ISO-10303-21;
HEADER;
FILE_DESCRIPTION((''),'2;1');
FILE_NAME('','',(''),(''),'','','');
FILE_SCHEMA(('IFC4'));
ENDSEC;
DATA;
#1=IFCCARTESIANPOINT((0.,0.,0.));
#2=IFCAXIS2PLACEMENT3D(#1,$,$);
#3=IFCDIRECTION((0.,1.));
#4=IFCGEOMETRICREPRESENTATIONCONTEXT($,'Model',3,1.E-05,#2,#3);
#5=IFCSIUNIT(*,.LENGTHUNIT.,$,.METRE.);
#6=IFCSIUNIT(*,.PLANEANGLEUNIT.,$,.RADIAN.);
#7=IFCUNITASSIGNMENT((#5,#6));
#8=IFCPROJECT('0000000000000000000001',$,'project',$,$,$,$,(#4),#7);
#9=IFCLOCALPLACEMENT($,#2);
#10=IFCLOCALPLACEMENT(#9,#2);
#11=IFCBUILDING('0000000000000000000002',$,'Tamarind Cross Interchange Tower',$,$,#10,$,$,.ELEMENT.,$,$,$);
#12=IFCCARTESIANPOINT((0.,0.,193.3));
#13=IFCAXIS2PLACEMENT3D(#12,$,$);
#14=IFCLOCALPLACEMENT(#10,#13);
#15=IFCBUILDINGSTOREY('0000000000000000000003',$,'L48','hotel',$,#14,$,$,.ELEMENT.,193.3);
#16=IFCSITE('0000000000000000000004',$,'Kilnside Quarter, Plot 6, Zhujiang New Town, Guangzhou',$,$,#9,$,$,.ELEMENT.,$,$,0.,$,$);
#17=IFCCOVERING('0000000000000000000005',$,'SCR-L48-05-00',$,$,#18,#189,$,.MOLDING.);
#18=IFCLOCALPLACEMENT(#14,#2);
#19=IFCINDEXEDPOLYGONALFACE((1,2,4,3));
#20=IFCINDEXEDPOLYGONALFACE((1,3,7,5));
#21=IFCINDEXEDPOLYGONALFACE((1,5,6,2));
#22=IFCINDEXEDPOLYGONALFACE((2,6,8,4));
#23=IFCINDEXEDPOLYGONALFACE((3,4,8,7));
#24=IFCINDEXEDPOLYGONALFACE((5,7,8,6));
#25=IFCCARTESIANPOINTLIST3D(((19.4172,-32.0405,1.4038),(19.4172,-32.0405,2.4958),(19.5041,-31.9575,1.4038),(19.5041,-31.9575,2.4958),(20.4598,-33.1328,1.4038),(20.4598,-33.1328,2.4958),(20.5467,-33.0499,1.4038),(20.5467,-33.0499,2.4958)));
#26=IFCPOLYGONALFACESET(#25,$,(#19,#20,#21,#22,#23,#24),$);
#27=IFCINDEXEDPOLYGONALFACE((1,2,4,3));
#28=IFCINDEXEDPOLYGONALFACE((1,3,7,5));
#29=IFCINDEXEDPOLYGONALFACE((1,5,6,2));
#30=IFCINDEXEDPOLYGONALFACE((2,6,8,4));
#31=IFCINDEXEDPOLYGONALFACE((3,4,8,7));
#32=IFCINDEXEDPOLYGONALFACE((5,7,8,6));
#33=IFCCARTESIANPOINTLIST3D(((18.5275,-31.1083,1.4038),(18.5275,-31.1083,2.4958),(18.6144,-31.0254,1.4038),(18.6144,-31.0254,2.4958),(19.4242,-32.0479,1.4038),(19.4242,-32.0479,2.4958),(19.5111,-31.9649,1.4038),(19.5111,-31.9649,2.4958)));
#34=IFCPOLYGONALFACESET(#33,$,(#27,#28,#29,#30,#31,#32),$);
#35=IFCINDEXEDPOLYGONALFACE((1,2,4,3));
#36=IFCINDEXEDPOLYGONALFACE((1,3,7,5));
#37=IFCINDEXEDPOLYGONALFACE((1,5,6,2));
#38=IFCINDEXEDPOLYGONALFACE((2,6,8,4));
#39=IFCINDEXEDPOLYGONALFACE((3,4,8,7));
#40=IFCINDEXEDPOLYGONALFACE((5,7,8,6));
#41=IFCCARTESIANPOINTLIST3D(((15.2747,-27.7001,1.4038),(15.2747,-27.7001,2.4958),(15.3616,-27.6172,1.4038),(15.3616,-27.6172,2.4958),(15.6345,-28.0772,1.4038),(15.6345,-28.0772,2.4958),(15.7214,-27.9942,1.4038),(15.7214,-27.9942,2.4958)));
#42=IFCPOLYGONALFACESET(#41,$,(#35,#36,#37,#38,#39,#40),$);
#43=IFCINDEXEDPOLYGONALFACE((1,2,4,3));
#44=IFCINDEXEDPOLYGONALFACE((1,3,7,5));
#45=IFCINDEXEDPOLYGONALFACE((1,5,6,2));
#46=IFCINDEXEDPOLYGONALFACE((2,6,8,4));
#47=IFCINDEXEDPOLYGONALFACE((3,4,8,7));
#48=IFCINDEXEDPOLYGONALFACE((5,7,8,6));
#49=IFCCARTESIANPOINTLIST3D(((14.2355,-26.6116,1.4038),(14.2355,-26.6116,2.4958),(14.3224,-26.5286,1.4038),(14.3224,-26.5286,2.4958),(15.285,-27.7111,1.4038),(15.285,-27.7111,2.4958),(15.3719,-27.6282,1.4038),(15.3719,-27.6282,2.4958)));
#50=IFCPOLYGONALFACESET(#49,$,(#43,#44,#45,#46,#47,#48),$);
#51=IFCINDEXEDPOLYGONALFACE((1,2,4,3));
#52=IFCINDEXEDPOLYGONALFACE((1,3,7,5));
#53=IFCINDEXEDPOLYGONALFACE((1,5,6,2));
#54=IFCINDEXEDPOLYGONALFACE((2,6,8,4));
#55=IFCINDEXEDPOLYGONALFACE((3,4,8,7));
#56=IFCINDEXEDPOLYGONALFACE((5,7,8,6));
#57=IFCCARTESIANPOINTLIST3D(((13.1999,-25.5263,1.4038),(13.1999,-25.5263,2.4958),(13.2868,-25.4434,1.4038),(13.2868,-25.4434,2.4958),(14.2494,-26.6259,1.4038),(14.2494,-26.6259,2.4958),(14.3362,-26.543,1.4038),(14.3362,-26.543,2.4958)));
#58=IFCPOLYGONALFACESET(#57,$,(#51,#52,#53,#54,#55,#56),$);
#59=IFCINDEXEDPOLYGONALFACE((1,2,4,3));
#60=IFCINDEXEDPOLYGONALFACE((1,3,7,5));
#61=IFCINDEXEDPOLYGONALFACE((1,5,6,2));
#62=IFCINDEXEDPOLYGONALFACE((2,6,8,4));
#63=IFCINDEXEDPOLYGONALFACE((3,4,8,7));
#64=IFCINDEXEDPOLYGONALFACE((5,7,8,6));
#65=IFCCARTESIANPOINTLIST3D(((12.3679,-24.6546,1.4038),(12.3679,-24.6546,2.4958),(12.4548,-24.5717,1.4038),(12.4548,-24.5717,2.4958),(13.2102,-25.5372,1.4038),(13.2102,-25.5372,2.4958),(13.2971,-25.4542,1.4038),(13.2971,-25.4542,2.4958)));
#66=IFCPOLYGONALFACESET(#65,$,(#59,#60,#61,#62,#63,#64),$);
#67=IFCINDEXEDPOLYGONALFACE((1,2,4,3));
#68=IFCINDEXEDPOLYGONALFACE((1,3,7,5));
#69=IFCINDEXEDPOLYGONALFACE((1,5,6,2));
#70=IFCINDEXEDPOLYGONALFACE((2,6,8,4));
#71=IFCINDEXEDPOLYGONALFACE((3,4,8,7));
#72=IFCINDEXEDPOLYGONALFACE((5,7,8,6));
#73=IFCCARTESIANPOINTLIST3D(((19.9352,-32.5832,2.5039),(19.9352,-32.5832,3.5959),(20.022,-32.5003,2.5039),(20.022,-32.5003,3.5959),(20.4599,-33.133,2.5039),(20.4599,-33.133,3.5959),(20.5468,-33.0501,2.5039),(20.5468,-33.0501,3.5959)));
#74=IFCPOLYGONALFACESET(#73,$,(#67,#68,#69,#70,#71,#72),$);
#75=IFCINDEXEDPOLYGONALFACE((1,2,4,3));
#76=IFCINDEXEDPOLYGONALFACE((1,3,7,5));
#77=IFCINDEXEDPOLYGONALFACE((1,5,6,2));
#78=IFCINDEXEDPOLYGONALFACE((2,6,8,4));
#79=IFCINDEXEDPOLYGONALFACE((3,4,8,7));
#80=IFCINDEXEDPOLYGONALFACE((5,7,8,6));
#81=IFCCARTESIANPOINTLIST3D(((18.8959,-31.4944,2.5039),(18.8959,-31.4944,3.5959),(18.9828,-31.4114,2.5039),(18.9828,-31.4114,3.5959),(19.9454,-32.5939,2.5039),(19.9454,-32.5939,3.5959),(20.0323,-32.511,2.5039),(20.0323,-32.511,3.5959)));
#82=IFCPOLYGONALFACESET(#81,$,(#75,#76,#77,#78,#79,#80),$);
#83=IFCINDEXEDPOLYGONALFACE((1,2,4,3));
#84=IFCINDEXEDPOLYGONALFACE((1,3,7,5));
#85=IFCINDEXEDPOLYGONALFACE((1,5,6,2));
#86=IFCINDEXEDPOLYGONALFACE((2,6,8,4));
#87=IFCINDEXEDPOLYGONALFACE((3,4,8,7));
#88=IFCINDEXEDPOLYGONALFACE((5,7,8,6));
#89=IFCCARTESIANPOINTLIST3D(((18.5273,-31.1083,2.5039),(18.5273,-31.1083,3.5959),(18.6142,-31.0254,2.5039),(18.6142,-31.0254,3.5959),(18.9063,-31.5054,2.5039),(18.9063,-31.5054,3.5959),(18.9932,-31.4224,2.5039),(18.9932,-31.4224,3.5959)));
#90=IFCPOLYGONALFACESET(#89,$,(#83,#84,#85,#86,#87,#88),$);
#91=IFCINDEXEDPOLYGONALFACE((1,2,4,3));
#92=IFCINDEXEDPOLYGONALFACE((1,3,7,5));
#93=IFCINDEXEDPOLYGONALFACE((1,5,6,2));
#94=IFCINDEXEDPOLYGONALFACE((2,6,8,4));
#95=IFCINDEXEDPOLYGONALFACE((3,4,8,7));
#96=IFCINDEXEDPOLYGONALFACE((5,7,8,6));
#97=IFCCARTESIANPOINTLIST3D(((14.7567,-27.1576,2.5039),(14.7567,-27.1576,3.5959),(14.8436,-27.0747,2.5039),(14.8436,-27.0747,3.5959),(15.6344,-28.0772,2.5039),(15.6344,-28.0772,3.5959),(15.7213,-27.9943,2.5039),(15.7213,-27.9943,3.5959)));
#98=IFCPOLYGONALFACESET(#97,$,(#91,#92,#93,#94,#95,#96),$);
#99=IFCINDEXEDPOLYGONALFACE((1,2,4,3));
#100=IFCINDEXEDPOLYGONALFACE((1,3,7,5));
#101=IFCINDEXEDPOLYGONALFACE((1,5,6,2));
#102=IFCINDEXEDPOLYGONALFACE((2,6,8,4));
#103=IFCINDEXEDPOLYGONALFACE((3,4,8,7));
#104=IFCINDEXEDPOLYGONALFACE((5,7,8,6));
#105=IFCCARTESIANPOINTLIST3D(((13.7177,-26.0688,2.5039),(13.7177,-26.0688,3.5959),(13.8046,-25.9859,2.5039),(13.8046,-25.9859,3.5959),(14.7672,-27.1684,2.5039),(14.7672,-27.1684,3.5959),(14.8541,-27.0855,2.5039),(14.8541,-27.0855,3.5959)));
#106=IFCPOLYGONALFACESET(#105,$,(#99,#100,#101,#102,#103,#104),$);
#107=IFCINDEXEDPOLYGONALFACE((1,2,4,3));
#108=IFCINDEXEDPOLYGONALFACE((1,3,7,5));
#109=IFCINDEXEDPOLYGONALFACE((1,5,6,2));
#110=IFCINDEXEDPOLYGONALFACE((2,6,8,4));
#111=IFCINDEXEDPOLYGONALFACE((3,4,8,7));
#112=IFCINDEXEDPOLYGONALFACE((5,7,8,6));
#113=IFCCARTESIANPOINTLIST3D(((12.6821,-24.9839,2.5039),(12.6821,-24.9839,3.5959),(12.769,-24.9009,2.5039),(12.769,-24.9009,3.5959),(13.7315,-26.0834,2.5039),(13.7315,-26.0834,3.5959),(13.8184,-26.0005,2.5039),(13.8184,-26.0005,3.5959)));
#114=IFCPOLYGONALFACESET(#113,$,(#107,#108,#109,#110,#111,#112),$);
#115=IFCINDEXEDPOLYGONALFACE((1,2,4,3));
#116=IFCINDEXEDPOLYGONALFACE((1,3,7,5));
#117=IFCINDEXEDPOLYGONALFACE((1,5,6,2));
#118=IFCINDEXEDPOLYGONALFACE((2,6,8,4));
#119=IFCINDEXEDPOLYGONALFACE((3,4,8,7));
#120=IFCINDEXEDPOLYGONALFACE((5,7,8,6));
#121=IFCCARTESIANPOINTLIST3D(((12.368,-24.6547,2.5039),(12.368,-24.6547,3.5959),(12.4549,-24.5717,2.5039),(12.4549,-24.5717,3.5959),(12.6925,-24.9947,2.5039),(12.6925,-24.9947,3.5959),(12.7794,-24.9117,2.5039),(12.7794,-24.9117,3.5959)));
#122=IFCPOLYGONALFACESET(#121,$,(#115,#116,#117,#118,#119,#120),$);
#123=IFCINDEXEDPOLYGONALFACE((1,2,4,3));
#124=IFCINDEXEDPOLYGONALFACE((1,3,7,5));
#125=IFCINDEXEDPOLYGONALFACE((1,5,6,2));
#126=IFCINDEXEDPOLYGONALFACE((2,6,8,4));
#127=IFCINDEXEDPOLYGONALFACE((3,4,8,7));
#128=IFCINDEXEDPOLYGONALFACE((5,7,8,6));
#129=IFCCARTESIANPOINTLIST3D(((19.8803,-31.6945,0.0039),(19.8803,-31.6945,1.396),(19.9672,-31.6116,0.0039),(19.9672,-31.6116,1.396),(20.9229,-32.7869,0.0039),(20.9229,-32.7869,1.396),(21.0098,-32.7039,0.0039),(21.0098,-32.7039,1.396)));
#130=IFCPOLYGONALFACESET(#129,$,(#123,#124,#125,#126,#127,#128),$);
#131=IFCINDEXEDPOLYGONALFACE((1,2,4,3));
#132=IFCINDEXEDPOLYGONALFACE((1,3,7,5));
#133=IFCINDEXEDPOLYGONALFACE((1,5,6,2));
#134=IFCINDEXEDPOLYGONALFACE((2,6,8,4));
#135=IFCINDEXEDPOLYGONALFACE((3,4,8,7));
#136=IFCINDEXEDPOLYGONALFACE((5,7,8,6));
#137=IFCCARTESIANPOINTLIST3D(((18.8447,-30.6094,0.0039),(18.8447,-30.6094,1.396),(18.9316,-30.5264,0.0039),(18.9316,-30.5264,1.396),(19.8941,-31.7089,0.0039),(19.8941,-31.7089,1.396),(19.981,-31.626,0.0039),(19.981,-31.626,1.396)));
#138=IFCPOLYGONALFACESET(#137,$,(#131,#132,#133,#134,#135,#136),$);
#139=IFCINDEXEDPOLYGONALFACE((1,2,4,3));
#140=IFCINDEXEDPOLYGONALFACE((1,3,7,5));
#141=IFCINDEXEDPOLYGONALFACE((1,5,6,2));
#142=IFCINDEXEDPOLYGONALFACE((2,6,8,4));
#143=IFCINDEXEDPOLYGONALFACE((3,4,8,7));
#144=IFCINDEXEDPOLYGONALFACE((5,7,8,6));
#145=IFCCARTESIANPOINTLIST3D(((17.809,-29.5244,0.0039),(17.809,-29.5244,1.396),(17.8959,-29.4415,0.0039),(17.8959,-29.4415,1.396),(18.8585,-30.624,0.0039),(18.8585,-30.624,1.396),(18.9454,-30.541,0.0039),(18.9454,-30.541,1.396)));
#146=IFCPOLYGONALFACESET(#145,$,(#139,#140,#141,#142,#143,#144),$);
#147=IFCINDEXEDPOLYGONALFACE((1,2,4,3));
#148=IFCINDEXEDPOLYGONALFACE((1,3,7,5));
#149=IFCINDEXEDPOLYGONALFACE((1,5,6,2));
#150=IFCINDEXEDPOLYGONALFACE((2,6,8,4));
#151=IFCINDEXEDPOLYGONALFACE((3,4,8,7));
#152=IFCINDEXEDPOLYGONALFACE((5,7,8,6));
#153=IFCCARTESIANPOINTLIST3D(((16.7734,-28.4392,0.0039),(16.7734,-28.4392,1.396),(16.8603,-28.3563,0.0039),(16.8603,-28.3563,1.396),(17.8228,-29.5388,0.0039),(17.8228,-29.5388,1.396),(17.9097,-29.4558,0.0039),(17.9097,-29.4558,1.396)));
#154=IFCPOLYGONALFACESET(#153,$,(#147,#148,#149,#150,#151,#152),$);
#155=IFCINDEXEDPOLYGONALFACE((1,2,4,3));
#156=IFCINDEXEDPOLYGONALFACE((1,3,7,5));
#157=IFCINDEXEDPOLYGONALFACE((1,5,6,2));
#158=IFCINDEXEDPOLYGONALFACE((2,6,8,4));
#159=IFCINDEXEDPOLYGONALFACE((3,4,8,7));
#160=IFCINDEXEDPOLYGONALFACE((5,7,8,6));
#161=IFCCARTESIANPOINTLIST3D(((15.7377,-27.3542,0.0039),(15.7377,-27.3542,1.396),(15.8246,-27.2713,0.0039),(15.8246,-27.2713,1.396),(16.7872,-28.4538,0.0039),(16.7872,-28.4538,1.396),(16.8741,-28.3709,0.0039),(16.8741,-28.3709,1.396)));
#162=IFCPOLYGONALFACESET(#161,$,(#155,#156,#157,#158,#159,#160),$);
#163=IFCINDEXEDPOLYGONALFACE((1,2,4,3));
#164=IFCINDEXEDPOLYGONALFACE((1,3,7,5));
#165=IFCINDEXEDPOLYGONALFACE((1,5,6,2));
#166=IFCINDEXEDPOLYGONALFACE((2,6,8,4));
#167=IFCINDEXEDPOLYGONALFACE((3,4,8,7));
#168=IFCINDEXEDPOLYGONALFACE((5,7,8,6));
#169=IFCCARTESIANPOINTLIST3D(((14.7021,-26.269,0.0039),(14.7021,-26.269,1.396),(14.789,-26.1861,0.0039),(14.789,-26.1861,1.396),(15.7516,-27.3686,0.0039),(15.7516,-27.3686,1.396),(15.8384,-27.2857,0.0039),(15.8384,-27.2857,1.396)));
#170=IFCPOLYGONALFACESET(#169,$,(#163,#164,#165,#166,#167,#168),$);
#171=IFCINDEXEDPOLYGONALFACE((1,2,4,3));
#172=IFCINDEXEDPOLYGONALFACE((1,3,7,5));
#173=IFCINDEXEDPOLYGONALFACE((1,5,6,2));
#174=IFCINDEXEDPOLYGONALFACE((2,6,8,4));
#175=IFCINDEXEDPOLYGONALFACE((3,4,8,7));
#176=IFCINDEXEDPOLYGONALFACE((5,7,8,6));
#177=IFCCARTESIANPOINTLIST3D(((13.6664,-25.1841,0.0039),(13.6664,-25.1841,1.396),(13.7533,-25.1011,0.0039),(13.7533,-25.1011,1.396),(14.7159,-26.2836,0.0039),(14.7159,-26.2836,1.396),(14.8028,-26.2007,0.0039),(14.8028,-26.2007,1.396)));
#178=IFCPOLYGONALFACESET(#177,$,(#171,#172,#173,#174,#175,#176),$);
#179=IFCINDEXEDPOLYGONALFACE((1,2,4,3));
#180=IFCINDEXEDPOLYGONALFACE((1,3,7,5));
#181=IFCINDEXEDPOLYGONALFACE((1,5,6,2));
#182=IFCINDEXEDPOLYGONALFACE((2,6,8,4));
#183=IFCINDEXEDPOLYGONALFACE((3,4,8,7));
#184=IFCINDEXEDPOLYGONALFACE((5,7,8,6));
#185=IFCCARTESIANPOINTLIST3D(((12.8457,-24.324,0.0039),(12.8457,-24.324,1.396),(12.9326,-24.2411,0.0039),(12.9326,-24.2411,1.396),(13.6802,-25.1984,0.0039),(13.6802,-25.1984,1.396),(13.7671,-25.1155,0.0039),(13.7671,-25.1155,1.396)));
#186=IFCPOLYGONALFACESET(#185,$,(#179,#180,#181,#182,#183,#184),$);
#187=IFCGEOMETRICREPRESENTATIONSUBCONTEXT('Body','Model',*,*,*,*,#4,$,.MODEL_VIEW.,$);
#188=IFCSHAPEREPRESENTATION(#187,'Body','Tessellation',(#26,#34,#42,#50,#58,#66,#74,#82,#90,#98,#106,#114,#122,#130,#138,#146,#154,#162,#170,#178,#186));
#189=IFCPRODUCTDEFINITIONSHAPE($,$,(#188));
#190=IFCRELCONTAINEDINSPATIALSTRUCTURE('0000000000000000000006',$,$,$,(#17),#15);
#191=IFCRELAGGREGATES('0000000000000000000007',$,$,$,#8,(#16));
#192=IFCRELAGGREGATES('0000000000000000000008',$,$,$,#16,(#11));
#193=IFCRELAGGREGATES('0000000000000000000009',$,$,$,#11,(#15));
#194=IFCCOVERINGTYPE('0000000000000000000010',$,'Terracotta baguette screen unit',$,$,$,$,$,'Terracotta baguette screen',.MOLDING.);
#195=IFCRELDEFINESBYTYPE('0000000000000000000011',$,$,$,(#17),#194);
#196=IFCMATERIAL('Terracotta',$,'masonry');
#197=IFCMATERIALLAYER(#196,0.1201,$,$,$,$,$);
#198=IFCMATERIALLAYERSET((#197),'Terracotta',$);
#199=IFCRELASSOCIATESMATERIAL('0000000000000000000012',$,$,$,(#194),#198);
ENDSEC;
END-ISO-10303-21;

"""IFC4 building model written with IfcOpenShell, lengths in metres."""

from ifc_helpers import new_model, si_unit, direction, frame, origin, origin_2d, place, context, subcontext, project, spatial, rectangle, extrude, material, layer, layer_set, type_object, element, save


model = new_model("IFC4")

# Units and contexts
model_context = context("Model", 3, precision=1e-05, world=origin(), true_north=direction((0.0, 1.0)))
body_context = subcontext(model_context, "Body", "Model", "MODEL_VIEW")
ifc_project = project(units=[si_unit("LENGTHUNIT", "METRE"), si_unit("PLANEANGLEUNIT", "RADIAN")], contexts=[model_context])

# Site, building, storey
site_placement = place(None, origin())
site = spatial("IfcSite", under=ifc_project, at=site_placement, Name="Kilnside Quarter, Plot 6, Zhujiang New Town, Guangzhou", CompositionType="ELEMENT", RefElevation=0.0)
building_placement = place(site_placement, origin())
building = spatial("IfcBuilding", under=site, at=building_placement, Name="Tamarind Cross Interchange Tower", CompositionType="ELEMENT")
storey_placement = place(building_placement, frame((0.0, 0.0, 193.3)))
storey = spatial("IfcBuildingStorey", under=building, at=storey_placement, Name="L48", Description="hotel", CompositionType="ELEMENT", Elevation=193.3)

# Covering
ifc_material_1 = material(Name="Terracotta", Category="masonry")
ifc_layer_1 = layer(ifc_material_1, 0.1201)
ifc_layer_set_1 = layer_set([ifc_layer_1], Name="Terracotta")
covering_type = type_object("IfcCoveringType", Name="Terracotta baguette screen unit", ElementType="Terracotta baguette screen", PredefinedType="MOLDING", material=ifc_layer_set_1)
covering_1_placement = place(storey_placement, origin())
element("IfcCovering", 1, at=covering_1_placement, inside=storey, type_object=covering_type, Name="SCR-L48-05-00", PredefinedType="MOLDING", context=body_context, shape_type="SweptSolid", body=[
    extrude(rectangle(XDim=1.51, YDim=0.1201, at=origin_2d()), frame((19.9819, -32.5452, 1.4038), z_axis=(0.0, 0.0, 1.0), x_axis=(-0.690434, 0.723395, 0.0)), (0.0, 0.0, 1.0), 1.092),
    extrude(rectangle(XDim=1.2988, YDim=0.1201, at=origin_2d()), frame((19.0193, -31.5366, 1.4038), z_axis=(0.0, 0.0, 1.0), x_axis=(-0.690434, 0.723395, 0.0)), (0.0, 0.0, 1.0), 1.092),
    extrude(rectangle(XDim=0.5212, YDim=0.1201, at=origin_2d()), frame((15.498, -27.8472, 1.4038), z_axis=(0.0, 0.0, 1.0), x_axis=(-0.690434, 0.723395, 0.0)), (0.0, 0.0, 1.0), 1.092),
    extrude(rectangle(XDim=1.52, YDim=0.1201, at=origin_2d()), frame((14.8037, -27.1199, 1.4038), z_axis=(0.0, 0.0, 1.0), x_axis=(-0.690434, 0.723395, 0.0)), (0.0, 0.0, 1.0), 1.092),
    extrude(rectangle(XDim=1.52, YDim=0.1201, at=origin_2d()), frame((13.7681, -26.0347, 1.4038), z_axis=(0.0, 0.0, 1.0), x_axis=(-0.690434, 0.723395, 0.0)), (0.0, 0.0, 1.0), 1.092),
    extrude(rectangle(XDim=1.22, YDim=0.1201, at=origin_2d()), frame((12.8325, -25.0544, 1.4038), z_axis=(0.0, 0.0, 1.0), x_axis=(-0.690434, 0.723395, 0.0)), (0.0, 0.0, 1.0), 1.092),
    extrude(rectangle(XDim=0.76, YDim=0.1201, at=origin_2d()), frame((20.241, -32.8167, 2.5039), z_axis=(0.0, 0.0, 1.0), x_axis=(-0.690434, 0.723395, 0.0)), (0.0, 0.0, 1.0), 1.092),
    extrude(rectangle(XDim=1.52, YDim=0.1201, at=origin_2d()), frame((19.4641, -32.0027, 2.5039), z_axis=(0.0, 0.0, 1.0), x_axis=(-0.690434, 0.723395, 0.0)), (0.0, 0.0, 1.0), 1.092),
    extrude(rectangle(XDim=0.5488, YDim=0.1201, at=origin_2d()), frame((18.7603, -31.2654, 2.5039), z_axis=(0.0, 0.0, 1.0), x_axis=(-0.690434, 0.723395, 0.0)), (0.0, 0.0, 1.0), 1.092),
    extrude(rectangle(XDim=1.2712, YDim=0.1201, at=origin_2d()), frame((15.239, -27.5759, 2.5039), z_axis=(0.0, 0.0, 1.0), x_axis=(-0.690434, 0.723395, 0.0)), (0.0, 0.0, 1.0), 1.092),
    extrude(rectangle(XDim=1.52, YDim=0.1201, at=origin_2d()), frame((14.2859, -26.5771, 2.5039), z_axis=(0.0, 0.0, 1.0), x_axis=(-0.690434, 0.723395, 0.0)), (0.0, 0.0, 1.0), 1.092),
    extrude(rectangle(XDim=1.52, YDim=0.1201, at=origin_2d()), frame((13.2502, -25.4922, 2.5039), z_axis=(0.0, 0.0, 1.0), x_axis=(-0.690434, 0.723395, 0.0)), (0.0, 0.0, 1.0), 1.092),
    extrude(rectangle(XDim=0.47, YDim=0.1201, at=origin_2d()), frame((12.5737, -24.7832, 2.5039), z_axis=(0.0, 0.0, 1.0), x_axis=(-0.690434, 0.723395, 0.0)), (0.0, 0.0, 1.0), 1.092),
    extrude(rectangle(XDim=1.51, YDim=0.1201, at=origin_2d()), frame((20.4451, -32.1992, 0.0039), z_axis=(0.0, 0.0, 1.0), x_axis=(-0.690434, 0.723395, 0.0)), (0.0, 0.0, 1.0), 1.3921),
    extrude(rectangle(XDim=1.52, YDim=0.1201, at=origin_2d()), frame((19.4128, -31.1177, 0.0039), z_axis=(0.0, 0.0, 1.0), x_axis=(-0.690434, 0.723395, 0.0)), (0.0, 0.0, 1.0), 1.3921),
    extrude(rectangle(XDim=1.52, YDim=0.1201, at=origin_2d()), frame((18.3772, -30.0327, 0.0039), z_axis=(0.0, 0.0, 1.0), x_axis=(-0.690434, 0.723395, 0.0)), (0.0, 0.0, 1.0), 1.3921),
    extrude(rectangle(XDim=1.52, YDim=0.1201, at=origin_2d()), frame((17.3416, -28.9475, 0.0039), z_axis=(0.0, 0.0, 1.0), x_axis=(-0.690434, 0.723395, 0.0)), (0.0, 0.0, 1.0), 1.3921),
    extrude(rectangle(XDim=1.52, YDim=0.1201, at=origin_2d()), frame((16.3059, -27.8625, 0.0039), z_axis=(0.0, 0.0, 1.0), x_axis=(-0.690434, 0.723395, 0.0)), (0.0, 0.0, 1.0), 1.3921),
    extrude(rectangle(XDim=1.52, YDim=0.1201, at=origin_2d()), frame((15.2703, -26.7773, 0.0039), z_axis=(0.0, 0.0, 1.0), x_axis=(-0.690434, 0.723395, 0.0)), (0.0, 0.0, 1.0), 1.3921),
    extrude(rectangle(XDim=1.52, YDim=0.1201, at=origin_2d()), frame((14.2346, -25.6924, 0.0039), z_axis=(0.0, 0.0, 1.0), x_axis=(-0.690434, 0.723395, 0.0)), (0.0, 0.0, 1.0), 1.3921),
    extrude(rectangle(XDim=1.2087, YDim=0.1201, at=origin_2d()), frame((13.3064, -24.7197, 0.0039), z_axis=(0.0, 0.0, 1.0), x_axis=(-0.690434, 0.723395, 0.0)), (0.0, 0.0, 1.0), 1.3921),
])

save(model, "model.ifc")
